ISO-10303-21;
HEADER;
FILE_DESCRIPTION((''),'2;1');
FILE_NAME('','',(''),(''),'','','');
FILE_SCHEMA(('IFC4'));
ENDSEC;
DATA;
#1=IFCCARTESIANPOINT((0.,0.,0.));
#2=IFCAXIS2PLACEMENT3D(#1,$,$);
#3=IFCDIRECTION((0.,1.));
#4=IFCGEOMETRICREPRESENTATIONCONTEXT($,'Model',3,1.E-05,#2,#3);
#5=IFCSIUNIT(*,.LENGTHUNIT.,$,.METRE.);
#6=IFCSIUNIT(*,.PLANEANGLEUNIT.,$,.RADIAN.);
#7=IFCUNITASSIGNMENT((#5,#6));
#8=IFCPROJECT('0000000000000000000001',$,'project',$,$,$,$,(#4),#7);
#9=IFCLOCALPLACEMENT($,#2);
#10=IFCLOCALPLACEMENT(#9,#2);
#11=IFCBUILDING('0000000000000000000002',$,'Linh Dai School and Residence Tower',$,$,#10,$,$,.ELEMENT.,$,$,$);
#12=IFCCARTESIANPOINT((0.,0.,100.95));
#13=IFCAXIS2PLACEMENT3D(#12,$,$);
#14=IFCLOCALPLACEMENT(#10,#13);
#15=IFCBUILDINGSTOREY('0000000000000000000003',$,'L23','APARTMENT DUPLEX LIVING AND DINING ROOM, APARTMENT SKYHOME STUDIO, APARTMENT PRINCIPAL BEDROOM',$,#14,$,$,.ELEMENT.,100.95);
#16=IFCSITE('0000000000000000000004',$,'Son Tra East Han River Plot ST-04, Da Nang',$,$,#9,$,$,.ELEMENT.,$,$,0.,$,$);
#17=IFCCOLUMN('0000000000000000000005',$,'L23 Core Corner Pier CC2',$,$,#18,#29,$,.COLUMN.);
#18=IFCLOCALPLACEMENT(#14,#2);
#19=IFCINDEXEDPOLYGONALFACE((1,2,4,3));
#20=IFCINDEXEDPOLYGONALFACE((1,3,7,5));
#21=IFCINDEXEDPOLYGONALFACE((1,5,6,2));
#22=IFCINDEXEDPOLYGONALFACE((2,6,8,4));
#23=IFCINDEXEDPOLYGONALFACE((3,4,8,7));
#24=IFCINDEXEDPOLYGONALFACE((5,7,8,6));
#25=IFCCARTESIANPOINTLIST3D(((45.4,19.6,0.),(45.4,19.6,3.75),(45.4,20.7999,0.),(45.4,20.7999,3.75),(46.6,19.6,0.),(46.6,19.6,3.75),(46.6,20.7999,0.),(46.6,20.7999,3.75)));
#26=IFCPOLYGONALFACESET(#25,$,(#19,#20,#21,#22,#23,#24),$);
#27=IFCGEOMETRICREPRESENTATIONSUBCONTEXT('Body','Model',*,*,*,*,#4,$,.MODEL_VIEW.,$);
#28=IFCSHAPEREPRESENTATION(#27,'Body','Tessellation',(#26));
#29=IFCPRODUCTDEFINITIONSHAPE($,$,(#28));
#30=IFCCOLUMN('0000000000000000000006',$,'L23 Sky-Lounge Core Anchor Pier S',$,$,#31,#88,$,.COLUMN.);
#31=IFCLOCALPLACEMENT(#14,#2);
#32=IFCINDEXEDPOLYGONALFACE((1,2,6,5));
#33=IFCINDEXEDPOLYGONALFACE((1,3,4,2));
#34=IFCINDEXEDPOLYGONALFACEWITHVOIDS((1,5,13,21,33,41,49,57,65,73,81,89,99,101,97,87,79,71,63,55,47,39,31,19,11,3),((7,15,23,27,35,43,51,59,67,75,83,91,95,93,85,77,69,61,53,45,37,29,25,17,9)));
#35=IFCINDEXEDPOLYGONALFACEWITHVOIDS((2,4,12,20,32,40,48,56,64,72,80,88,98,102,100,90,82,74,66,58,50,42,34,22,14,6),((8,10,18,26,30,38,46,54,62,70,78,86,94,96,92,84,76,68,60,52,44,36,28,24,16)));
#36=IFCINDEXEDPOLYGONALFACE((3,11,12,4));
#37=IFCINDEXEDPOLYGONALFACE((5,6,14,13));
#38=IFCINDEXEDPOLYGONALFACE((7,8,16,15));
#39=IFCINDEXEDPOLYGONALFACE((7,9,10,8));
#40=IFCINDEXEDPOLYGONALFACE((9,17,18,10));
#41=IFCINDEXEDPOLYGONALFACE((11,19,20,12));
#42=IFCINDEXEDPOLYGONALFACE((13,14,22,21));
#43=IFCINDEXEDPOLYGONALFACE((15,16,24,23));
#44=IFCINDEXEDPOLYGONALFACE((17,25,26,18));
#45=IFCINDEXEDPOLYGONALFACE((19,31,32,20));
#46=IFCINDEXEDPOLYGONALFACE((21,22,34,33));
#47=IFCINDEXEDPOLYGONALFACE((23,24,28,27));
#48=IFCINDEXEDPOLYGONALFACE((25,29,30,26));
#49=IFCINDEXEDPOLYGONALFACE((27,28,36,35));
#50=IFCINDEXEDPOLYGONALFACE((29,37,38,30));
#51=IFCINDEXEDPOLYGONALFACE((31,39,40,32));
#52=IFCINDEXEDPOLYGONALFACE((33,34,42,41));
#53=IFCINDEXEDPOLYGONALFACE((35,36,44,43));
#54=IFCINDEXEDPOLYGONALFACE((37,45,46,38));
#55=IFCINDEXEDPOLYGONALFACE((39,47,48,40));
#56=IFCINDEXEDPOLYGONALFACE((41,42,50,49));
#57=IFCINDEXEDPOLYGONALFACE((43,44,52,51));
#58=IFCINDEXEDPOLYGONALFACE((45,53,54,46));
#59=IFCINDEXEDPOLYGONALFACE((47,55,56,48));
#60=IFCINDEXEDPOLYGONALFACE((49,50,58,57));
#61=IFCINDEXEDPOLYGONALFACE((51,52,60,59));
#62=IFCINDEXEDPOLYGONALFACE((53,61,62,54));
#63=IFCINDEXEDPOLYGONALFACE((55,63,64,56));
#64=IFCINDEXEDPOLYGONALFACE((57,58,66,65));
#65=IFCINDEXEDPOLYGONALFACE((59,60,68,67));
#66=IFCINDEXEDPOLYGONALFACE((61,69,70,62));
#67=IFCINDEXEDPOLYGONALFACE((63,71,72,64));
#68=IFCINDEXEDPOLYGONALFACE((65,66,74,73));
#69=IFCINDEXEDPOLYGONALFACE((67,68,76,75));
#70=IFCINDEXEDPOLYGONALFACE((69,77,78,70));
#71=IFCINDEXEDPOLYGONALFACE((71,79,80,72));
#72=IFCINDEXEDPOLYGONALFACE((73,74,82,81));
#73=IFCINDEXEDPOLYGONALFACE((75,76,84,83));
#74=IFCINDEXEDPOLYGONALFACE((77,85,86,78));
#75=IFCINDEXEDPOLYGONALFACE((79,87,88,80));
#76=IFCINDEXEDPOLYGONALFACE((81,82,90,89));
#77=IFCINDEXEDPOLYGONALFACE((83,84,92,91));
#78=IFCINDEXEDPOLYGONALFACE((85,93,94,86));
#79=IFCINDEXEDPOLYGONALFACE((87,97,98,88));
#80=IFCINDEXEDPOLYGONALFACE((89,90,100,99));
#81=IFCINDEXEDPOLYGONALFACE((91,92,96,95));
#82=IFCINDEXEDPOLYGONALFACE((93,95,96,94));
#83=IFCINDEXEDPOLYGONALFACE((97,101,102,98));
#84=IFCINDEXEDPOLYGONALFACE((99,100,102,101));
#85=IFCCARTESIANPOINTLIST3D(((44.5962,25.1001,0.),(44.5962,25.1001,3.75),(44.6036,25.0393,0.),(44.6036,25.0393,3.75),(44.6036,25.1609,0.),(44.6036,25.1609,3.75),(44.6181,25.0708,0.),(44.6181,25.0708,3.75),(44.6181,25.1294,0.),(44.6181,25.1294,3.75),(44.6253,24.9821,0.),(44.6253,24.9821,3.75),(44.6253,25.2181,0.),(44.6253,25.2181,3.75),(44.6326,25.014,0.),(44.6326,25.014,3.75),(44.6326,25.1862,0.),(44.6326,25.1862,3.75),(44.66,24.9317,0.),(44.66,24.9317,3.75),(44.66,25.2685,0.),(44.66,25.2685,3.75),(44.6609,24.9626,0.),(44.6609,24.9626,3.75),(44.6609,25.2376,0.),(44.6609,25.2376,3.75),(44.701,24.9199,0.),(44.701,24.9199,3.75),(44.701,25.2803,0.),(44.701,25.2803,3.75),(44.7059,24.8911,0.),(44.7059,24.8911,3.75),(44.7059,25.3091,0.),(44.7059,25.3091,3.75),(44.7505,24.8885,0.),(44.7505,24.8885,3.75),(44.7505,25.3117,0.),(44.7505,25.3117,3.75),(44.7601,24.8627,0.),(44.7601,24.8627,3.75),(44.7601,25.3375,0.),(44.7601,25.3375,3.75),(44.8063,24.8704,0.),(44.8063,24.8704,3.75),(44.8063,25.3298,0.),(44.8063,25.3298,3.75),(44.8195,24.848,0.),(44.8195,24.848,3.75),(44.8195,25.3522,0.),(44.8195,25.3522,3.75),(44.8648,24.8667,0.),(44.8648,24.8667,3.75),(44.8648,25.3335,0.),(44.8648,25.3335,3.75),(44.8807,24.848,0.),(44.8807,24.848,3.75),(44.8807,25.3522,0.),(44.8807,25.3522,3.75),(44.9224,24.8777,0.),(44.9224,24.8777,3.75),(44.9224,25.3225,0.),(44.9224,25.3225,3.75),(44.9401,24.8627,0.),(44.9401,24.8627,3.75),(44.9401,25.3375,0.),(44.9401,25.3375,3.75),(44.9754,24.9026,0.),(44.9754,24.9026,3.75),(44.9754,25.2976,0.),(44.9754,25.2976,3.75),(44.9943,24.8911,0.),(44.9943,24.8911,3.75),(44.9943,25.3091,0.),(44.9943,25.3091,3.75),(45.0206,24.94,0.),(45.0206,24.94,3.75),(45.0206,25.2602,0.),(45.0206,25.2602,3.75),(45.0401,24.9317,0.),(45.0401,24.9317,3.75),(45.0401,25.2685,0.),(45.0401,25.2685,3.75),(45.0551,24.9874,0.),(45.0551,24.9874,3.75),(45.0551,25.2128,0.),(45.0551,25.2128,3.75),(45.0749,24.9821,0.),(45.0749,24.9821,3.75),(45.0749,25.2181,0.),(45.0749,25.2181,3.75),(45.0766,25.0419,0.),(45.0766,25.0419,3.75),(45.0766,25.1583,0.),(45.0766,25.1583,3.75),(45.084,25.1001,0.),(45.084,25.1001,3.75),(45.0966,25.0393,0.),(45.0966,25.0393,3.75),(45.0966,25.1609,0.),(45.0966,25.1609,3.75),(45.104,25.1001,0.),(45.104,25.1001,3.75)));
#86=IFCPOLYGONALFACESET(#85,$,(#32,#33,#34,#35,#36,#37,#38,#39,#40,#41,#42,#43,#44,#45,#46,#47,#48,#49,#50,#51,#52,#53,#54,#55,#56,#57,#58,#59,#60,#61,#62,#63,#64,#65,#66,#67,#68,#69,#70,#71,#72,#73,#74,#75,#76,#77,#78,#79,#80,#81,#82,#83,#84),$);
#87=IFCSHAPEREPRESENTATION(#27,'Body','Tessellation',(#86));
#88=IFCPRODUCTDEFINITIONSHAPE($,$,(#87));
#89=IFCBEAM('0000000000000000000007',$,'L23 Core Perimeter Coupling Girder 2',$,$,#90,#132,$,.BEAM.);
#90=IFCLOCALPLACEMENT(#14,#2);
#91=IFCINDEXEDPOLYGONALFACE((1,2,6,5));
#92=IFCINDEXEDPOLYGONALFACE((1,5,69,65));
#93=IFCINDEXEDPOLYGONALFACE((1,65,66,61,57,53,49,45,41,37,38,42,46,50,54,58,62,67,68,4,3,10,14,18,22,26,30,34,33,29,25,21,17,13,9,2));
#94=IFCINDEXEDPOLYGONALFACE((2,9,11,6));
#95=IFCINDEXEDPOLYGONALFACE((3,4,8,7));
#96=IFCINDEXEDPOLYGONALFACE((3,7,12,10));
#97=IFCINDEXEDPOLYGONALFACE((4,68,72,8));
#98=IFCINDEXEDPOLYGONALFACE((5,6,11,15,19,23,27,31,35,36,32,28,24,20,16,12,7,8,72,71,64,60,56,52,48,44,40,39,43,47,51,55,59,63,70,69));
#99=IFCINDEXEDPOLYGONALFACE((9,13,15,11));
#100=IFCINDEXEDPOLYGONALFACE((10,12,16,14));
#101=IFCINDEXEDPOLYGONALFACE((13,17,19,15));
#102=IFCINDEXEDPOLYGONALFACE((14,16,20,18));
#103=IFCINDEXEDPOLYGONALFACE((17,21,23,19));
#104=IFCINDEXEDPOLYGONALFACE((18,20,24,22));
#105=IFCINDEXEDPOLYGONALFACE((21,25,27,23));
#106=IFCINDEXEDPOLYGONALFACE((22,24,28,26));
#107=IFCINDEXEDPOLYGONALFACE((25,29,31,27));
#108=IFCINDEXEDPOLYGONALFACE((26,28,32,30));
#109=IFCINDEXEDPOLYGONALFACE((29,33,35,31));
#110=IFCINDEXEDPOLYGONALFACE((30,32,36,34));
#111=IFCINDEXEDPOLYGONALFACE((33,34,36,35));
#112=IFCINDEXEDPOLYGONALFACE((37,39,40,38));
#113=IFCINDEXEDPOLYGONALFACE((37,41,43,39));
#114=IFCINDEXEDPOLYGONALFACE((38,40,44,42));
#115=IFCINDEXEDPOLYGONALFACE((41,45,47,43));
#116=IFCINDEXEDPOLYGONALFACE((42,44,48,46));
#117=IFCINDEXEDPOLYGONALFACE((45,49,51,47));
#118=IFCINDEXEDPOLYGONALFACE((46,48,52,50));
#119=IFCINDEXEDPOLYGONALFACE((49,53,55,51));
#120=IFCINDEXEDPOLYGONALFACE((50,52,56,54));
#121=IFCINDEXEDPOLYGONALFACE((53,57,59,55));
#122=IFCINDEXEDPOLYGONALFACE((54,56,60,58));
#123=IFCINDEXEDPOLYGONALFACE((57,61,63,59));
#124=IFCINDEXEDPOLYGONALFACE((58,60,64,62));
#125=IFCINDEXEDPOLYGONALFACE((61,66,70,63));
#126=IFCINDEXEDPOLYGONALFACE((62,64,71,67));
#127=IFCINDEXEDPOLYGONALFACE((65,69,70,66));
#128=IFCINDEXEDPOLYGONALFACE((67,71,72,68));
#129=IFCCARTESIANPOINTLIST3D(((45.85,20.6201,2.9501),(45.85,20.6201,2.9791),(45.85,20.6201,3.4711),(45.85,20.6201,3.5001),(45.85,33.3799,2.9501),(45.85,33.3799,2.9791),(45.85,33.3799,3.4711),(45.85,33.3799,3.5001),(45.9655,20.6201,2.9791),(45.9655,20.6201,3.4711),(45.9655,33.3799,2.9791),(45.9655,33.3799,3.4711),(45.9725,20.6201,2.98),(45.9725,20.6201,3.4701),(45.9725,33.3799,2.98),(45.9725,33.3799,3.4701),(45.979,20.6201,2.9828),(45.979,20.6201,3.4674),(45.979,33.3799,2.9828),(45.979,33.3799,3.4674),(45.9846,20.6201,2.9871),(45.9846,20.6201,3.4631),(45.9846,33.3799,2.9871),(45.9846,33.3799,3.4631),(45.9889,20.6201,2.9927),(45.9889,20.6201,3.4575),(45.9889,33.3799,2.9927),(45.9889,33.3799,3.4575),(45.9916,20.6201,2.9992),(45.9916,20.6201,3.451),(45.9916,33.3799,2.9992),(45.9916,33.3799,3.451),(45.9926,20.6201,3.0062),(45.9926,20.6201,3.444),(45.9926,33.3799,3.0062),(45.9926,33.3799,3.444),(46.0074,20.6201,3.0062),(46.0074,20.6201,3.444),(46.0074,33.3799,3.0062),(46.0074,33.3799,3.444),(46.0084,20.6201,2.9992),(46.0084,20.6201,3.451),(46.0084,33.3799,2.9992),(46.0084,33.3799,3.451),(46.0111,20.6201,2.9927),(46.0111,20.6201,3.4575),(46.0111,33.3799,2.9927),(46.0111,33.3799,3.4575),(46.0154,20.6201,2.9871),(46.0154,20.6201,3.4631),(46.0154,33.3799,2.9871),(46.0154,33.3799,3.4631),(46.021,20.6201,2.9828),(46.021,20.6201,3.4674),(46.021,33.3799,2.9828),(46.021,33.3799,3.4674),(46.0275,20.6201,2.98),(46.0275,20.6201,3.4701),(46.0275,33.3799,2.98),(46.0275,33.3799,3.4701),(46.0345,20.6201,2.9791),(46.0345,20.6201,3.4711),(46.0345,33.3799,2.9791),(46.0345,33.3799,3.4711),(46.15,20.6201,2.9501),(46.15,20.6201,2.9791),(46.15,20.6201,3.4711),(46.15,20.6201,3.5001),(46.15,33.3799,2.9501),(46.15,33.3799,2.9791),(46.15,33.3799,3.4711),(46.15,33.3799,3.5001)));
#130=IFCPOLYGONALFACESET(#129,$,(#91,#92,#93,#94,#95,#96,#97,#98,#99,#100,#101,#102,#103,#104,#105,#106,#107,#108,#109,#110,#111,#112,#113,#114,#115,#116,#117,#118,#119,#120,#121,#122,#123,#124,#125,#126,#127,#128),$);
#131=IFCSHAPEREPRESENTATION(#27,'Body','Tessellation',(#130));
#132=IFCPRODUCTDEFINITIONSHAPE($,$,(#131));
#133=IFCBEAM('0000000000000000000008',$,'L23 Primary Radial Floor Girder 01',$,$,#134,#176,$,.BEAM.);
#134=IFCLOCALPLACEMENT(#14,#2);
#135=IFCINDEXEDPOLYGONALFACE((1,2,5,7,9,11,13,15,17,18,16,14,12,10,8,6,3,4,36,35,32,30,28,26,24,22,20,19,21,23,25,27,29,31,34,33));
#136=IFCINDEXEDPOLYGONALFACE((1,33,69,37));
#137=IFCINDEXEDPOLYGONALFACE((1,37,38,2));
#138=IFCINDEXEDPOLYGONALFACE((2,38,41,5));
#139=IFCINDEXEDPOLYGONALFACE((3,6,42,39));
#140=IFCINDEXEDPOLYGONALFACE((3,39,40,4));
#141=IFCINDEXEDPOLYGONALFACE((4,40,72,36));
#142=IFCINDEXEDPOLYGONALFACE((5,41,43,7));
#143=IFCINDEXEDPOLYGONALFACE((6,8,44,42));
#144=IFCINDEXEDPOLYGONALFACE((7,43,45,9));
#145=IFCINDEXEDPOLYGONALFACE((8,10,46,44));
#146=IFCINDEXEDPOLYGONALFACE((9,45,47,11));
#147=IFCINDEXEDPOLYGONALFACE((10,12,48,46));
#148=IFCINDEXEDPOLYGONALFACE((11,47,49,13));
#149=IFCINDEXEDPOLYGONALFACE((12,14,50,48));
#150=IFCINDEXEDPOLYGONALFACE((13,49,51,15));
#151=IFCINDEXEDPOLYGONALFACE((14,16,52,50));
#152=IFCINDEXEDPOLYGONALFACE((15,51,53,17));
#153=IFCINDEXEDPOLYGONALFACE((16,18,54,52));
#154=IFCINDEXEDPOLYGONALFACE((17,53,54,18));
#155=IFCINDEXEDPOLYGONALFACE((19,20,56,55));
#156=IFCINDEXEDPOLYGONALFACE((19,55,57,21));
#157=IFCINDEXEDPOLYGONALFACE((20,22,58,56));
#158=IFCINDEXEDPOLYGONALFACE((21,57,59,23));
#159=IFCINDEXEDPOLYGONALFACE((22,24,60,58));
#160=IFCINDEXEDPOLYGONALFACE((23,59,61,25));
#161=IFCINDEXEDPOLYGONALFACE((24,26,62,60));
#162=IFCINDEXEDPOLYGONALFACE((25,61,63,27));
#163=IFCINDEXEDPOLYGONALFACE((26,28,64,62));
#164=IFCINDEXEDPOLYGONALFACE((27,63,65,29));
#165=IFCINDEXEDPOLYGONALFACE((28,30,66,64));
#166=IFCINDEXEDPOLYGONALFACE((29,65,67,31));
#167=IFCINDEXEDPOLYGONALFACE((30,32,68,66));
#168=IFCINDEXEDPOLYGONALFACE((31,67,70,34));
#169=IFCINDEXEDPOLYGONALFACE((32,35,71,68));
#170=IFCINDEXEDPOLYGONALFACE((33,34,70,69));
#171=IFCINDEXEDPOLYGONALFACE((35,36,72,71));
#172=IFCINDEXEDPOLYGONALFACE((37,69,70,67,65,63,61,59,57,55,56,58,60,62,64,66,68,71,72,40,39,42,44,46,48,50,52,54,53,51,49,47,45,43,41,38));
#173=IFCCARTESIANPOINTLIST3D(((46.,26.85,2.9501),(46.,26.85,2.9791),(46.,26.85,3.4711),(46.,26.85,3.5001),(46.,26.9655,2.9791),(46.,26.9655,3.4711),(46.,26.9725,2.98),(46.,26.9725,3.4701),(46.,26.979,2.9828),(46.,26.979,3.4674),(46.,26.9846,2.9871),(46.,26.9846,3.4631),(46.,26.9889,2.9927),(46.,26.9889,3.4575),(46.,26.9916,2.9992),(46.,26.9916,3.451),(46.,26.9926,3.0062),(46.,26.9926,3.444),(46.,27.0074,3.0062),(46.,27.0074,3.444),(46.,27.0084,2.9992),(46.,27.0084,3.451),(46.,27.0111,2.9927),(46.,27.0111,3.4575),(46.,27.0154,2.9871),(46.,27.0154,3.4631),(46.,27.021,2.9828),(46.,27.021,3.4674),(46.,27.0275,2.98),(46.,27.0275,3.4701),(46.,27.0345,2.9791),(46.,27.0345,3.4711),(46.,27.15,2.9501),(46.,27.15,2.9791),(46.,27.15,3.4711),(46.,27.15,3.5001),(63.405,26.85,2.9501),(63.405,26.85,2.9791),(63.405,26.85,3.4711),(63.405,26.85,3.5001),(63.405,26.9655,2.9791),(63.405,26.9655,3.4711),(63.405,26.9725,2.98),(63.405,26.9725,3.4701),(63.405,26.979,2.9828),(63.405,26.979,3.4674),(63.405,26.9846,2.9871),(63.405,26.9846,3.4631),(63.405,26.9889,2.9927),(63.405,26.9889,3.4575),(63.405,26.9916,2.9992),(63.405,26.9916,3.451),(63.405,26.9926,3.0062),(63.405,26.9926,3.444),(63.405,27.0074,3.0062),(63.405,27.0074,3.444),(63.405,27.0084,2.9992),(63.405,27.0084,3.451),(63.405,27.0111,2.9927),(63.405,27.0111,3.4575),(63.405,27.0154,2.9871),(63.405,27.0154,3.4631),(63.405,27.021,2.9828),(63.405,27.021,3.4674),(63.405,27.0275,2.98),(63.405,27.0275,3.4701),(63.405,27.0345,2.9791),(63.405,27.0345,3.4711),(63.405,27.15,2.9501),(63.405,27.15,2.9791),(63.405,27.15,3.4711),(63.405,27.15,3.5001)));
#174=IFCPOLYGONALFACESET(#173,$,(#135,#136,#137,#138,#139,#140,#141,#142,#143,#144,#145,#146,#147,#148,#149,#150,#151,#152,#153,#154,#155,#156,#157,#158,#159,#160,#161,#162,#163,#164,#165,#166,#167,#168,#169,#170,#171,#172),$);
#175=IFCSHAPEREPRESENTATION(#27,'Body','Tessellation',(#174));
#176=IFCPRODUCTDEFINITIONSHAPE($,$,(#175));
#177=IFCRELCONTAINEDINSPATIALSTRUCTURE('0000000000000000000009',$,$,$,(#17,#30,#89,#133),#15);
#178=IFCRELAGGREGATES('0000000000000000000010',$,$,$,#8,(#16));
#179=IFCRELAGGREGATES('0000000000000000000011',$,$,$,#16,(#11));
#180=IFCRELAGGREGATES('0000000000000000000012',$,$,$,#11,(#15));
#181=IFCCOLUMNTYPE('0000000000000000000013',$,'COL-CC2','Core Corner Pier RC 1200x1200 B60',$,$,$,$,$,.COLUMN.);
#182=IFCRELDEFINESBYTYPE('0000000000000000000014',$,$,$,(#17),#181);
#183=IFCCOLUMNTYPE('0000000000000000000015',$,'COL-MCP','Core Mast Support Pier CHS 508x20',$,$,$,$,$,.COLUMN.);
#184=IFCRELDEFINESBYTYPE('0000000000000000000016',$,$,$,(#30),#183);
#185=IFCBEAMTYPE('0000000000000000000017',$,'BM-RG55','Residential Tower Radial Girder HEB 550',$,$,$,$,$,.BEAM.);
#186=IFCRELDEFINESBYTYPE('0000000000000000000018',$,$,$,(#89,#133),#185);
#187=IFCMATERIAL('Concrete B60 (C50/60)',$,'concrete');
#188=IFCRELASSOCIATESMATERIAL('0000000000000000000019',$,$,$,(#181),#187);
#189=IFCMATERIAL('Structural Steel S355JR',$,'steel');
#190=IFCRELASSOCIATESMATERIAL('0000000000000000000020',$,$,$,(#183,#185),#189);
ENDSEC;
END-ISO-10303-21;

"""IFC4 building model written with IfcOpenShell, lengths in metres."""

from ifc_helpers import new_model, si_unit, direction, frame, origin, origin_2d, place, context, subcontext, project, spatial, rectangle, hollow_circle, i_section, extrude, material, material_profile, profile_set, type_object, element, save


model = new_model("IFC4")

# Units and contexts
model_context = context("Model", 3, precision=1e-05, world=origin(), true_north=direction((0.0, 1.0)))
body_context = subcontext(model_context, "Body", "Model", "MODEL_VIEW")
ifc_project = project(units=[si_unit("LENGTHUNIT", "METRE"), si_unit("PLANEANGLEUNIT", "RADIAN")], contexts=[model_context])

# Site, building, storey
site_placement = place(None, origin())
site = spatial("IfcSite", under=ifc_project, at=site_placement, Name="Son Tra East Han River Plot ST-04, Da Nang", CompositionType="ELEMENT", RefElevation=0.0)
building_placement = place(site_placement, origin())
building = spatial("IfcBuilding", under=site, at=building_placement, Name="Linh Dai School and Residence Tower", CompositionType="ELEMENT")
storey_placement = place(building_placement, frame((0.0, 0.0, 100.95)))
storey = spatial("IfcBuildingStorey", under=building, at=storey_placement, Name="L23", Description="APARTMENT DUPLEX LIVING AND DINING ROOM, APARTMENT SKYHOME STUDIO, APARTMENT PRINCIPAL BEDROOM", CompositionType="ELEMENT", Elevation=100.95)

# Columns
ifc_material_1 = material(Name="Concrete B60 (C50/60)", Category="concrete")
ifc_material_profile_1 = material_profile(ifc_material_1, rectangle(XDim=1.2, YDim=1.2, at=origin_2d()), Name="RC 1200x1200")
ifc_profile_set_1 = profile_set([ifc_material_profile_1], Name="Concrete B60 (C50/60)")
column_type_1 = type_object("IfcColumnType", Name="COL-CC2", Description="Core Corner Pier RC 1200x1200 B60", PredefinedType="COLUMN", material=ifc_profile_set_1)
column_1_placement = place(storey_placement, frame((46.0, 20.2, 0.0), z_axis=(0.0, 0.0, 1.0), x_axis=(1.0, 0.0, 0.0)))
element("IfcColumn", 1, at=column_1_placement, inside=storey, type_object=column_type_1, Name="L23 Core Corner Pier CC2", PredefinedType="COLUMN", context=body_context, shape_type="SweptSolid", body=[
    extrude(rectangle(XDim=1.2, YDim=1.2, at=origin_2d()), origin(), (0.0, 0.0, 1.0), 3.75),
])
ifc_material_2 = material(Name="Structural Steel S355JR", Category="steel")
ifc_material_profile_2 = material_profile(ifc_material_2, hollow_circle(Radius=0.2539, WallThickness=0.02, at=origin_2d()), Name="CHS 508x20")
ifc_profile_set_2 = profile_set([ifc_material_profile_2], Name="Structural Steel S355JR")
column_type_2 = type_object("IfcColumnType", Name="COL-MCP", Description="Core Mast Support Pier CHS 508x20", PredefinedType="COLUMN", material=ifc_profile_set_2)
column_2_placement = place(storey_placement, frame((44.8501, 25.1001, 0.0), z_axis=(0.0, 0.0, 1.0), x_axis=(1.0, 0.0, 0.0)))
element("IfcColumn", 2, at=column_2_placement, inside=storey, type_object=column_type_2, Name="L23 Sky-Lounge Core Anchor Pier S", PredefinedType="COLUMN", context=body_context, shape_type="SweptSolid", body=[
    extrude(hollow_circle(Radius=0.2539, WallThickness=0.02, at=origin_2d()), origin(), (0.0, 0.0, 1.0), 3.75),
])

# Beams
ifc_material_profile_3 = material_profile(ifc_material_2, i_section(OverallWidth=0.3, OverallDepth=0.55, WebThickness=0.0149, FlangeThickness=0.0291, FilletRadius=0.0271, at=origin_2d()), Name="HEB 550")
ifc_profile_set_3 = profile_set([ifc_material_profile_3], Name="Structural Steel S355JR")
beam_type_1 = type_object("IfcBeamType", Name="BM-RG55", Description="Residential Tower Radial Girder HEB 550", PredefinedType="BEAM", material=ifc_profile_set_3)
beam_1_placement = place(storey_placement, frame((46.0, 20.6201, 3.2251), z_axis=(0.0, 1.0, 0.0), x_axis=(-1.0, 0.0, 0.0)))
element("IfcBeam", 3, at=beam_1_placement, inside=storey, type_object=beam_type_1, Name="L23 Core Perimeter Coupling Girder 2", PredefinedType="BEAM", context=body_context, shape_type="SweptSolid", body=[
    extrude(i_section(OverallWidth=0.3, OverallDepth=0.55, WebThickness=0.0149, FlangeThickness=0.0291, FilletRadius=0.0271, at=origin_2d()), origin(), (0.0, 0.0, 1.0), 12.7598),
])
beam_2_placement = place(storey_placement, frame((46.0, 27.0, 3.2251), z_axis=(1.0, 0.0, 0.0), x_axis=(0.0, 1.0, 0.0)))
element("IfcBeam", 4, at=beam_2_placement, inside=storey, type_object=beam_type_1, Name="L23 Primary Radial Floor Girder 01", PredefinedType="BEAM", context=body_context, shape_type="SweptSolid", body=[
    extrude(i_section(OverallWidth=0.3, OverallDepth=0.55, WebThickness=0.0149, FlangeThickness=0.0291, FilletRadius=0.0271, at=origin_2d()), origin(), (0.0, 0.0, 1.0), 17.405),
])

save(model, "model.ifc")
